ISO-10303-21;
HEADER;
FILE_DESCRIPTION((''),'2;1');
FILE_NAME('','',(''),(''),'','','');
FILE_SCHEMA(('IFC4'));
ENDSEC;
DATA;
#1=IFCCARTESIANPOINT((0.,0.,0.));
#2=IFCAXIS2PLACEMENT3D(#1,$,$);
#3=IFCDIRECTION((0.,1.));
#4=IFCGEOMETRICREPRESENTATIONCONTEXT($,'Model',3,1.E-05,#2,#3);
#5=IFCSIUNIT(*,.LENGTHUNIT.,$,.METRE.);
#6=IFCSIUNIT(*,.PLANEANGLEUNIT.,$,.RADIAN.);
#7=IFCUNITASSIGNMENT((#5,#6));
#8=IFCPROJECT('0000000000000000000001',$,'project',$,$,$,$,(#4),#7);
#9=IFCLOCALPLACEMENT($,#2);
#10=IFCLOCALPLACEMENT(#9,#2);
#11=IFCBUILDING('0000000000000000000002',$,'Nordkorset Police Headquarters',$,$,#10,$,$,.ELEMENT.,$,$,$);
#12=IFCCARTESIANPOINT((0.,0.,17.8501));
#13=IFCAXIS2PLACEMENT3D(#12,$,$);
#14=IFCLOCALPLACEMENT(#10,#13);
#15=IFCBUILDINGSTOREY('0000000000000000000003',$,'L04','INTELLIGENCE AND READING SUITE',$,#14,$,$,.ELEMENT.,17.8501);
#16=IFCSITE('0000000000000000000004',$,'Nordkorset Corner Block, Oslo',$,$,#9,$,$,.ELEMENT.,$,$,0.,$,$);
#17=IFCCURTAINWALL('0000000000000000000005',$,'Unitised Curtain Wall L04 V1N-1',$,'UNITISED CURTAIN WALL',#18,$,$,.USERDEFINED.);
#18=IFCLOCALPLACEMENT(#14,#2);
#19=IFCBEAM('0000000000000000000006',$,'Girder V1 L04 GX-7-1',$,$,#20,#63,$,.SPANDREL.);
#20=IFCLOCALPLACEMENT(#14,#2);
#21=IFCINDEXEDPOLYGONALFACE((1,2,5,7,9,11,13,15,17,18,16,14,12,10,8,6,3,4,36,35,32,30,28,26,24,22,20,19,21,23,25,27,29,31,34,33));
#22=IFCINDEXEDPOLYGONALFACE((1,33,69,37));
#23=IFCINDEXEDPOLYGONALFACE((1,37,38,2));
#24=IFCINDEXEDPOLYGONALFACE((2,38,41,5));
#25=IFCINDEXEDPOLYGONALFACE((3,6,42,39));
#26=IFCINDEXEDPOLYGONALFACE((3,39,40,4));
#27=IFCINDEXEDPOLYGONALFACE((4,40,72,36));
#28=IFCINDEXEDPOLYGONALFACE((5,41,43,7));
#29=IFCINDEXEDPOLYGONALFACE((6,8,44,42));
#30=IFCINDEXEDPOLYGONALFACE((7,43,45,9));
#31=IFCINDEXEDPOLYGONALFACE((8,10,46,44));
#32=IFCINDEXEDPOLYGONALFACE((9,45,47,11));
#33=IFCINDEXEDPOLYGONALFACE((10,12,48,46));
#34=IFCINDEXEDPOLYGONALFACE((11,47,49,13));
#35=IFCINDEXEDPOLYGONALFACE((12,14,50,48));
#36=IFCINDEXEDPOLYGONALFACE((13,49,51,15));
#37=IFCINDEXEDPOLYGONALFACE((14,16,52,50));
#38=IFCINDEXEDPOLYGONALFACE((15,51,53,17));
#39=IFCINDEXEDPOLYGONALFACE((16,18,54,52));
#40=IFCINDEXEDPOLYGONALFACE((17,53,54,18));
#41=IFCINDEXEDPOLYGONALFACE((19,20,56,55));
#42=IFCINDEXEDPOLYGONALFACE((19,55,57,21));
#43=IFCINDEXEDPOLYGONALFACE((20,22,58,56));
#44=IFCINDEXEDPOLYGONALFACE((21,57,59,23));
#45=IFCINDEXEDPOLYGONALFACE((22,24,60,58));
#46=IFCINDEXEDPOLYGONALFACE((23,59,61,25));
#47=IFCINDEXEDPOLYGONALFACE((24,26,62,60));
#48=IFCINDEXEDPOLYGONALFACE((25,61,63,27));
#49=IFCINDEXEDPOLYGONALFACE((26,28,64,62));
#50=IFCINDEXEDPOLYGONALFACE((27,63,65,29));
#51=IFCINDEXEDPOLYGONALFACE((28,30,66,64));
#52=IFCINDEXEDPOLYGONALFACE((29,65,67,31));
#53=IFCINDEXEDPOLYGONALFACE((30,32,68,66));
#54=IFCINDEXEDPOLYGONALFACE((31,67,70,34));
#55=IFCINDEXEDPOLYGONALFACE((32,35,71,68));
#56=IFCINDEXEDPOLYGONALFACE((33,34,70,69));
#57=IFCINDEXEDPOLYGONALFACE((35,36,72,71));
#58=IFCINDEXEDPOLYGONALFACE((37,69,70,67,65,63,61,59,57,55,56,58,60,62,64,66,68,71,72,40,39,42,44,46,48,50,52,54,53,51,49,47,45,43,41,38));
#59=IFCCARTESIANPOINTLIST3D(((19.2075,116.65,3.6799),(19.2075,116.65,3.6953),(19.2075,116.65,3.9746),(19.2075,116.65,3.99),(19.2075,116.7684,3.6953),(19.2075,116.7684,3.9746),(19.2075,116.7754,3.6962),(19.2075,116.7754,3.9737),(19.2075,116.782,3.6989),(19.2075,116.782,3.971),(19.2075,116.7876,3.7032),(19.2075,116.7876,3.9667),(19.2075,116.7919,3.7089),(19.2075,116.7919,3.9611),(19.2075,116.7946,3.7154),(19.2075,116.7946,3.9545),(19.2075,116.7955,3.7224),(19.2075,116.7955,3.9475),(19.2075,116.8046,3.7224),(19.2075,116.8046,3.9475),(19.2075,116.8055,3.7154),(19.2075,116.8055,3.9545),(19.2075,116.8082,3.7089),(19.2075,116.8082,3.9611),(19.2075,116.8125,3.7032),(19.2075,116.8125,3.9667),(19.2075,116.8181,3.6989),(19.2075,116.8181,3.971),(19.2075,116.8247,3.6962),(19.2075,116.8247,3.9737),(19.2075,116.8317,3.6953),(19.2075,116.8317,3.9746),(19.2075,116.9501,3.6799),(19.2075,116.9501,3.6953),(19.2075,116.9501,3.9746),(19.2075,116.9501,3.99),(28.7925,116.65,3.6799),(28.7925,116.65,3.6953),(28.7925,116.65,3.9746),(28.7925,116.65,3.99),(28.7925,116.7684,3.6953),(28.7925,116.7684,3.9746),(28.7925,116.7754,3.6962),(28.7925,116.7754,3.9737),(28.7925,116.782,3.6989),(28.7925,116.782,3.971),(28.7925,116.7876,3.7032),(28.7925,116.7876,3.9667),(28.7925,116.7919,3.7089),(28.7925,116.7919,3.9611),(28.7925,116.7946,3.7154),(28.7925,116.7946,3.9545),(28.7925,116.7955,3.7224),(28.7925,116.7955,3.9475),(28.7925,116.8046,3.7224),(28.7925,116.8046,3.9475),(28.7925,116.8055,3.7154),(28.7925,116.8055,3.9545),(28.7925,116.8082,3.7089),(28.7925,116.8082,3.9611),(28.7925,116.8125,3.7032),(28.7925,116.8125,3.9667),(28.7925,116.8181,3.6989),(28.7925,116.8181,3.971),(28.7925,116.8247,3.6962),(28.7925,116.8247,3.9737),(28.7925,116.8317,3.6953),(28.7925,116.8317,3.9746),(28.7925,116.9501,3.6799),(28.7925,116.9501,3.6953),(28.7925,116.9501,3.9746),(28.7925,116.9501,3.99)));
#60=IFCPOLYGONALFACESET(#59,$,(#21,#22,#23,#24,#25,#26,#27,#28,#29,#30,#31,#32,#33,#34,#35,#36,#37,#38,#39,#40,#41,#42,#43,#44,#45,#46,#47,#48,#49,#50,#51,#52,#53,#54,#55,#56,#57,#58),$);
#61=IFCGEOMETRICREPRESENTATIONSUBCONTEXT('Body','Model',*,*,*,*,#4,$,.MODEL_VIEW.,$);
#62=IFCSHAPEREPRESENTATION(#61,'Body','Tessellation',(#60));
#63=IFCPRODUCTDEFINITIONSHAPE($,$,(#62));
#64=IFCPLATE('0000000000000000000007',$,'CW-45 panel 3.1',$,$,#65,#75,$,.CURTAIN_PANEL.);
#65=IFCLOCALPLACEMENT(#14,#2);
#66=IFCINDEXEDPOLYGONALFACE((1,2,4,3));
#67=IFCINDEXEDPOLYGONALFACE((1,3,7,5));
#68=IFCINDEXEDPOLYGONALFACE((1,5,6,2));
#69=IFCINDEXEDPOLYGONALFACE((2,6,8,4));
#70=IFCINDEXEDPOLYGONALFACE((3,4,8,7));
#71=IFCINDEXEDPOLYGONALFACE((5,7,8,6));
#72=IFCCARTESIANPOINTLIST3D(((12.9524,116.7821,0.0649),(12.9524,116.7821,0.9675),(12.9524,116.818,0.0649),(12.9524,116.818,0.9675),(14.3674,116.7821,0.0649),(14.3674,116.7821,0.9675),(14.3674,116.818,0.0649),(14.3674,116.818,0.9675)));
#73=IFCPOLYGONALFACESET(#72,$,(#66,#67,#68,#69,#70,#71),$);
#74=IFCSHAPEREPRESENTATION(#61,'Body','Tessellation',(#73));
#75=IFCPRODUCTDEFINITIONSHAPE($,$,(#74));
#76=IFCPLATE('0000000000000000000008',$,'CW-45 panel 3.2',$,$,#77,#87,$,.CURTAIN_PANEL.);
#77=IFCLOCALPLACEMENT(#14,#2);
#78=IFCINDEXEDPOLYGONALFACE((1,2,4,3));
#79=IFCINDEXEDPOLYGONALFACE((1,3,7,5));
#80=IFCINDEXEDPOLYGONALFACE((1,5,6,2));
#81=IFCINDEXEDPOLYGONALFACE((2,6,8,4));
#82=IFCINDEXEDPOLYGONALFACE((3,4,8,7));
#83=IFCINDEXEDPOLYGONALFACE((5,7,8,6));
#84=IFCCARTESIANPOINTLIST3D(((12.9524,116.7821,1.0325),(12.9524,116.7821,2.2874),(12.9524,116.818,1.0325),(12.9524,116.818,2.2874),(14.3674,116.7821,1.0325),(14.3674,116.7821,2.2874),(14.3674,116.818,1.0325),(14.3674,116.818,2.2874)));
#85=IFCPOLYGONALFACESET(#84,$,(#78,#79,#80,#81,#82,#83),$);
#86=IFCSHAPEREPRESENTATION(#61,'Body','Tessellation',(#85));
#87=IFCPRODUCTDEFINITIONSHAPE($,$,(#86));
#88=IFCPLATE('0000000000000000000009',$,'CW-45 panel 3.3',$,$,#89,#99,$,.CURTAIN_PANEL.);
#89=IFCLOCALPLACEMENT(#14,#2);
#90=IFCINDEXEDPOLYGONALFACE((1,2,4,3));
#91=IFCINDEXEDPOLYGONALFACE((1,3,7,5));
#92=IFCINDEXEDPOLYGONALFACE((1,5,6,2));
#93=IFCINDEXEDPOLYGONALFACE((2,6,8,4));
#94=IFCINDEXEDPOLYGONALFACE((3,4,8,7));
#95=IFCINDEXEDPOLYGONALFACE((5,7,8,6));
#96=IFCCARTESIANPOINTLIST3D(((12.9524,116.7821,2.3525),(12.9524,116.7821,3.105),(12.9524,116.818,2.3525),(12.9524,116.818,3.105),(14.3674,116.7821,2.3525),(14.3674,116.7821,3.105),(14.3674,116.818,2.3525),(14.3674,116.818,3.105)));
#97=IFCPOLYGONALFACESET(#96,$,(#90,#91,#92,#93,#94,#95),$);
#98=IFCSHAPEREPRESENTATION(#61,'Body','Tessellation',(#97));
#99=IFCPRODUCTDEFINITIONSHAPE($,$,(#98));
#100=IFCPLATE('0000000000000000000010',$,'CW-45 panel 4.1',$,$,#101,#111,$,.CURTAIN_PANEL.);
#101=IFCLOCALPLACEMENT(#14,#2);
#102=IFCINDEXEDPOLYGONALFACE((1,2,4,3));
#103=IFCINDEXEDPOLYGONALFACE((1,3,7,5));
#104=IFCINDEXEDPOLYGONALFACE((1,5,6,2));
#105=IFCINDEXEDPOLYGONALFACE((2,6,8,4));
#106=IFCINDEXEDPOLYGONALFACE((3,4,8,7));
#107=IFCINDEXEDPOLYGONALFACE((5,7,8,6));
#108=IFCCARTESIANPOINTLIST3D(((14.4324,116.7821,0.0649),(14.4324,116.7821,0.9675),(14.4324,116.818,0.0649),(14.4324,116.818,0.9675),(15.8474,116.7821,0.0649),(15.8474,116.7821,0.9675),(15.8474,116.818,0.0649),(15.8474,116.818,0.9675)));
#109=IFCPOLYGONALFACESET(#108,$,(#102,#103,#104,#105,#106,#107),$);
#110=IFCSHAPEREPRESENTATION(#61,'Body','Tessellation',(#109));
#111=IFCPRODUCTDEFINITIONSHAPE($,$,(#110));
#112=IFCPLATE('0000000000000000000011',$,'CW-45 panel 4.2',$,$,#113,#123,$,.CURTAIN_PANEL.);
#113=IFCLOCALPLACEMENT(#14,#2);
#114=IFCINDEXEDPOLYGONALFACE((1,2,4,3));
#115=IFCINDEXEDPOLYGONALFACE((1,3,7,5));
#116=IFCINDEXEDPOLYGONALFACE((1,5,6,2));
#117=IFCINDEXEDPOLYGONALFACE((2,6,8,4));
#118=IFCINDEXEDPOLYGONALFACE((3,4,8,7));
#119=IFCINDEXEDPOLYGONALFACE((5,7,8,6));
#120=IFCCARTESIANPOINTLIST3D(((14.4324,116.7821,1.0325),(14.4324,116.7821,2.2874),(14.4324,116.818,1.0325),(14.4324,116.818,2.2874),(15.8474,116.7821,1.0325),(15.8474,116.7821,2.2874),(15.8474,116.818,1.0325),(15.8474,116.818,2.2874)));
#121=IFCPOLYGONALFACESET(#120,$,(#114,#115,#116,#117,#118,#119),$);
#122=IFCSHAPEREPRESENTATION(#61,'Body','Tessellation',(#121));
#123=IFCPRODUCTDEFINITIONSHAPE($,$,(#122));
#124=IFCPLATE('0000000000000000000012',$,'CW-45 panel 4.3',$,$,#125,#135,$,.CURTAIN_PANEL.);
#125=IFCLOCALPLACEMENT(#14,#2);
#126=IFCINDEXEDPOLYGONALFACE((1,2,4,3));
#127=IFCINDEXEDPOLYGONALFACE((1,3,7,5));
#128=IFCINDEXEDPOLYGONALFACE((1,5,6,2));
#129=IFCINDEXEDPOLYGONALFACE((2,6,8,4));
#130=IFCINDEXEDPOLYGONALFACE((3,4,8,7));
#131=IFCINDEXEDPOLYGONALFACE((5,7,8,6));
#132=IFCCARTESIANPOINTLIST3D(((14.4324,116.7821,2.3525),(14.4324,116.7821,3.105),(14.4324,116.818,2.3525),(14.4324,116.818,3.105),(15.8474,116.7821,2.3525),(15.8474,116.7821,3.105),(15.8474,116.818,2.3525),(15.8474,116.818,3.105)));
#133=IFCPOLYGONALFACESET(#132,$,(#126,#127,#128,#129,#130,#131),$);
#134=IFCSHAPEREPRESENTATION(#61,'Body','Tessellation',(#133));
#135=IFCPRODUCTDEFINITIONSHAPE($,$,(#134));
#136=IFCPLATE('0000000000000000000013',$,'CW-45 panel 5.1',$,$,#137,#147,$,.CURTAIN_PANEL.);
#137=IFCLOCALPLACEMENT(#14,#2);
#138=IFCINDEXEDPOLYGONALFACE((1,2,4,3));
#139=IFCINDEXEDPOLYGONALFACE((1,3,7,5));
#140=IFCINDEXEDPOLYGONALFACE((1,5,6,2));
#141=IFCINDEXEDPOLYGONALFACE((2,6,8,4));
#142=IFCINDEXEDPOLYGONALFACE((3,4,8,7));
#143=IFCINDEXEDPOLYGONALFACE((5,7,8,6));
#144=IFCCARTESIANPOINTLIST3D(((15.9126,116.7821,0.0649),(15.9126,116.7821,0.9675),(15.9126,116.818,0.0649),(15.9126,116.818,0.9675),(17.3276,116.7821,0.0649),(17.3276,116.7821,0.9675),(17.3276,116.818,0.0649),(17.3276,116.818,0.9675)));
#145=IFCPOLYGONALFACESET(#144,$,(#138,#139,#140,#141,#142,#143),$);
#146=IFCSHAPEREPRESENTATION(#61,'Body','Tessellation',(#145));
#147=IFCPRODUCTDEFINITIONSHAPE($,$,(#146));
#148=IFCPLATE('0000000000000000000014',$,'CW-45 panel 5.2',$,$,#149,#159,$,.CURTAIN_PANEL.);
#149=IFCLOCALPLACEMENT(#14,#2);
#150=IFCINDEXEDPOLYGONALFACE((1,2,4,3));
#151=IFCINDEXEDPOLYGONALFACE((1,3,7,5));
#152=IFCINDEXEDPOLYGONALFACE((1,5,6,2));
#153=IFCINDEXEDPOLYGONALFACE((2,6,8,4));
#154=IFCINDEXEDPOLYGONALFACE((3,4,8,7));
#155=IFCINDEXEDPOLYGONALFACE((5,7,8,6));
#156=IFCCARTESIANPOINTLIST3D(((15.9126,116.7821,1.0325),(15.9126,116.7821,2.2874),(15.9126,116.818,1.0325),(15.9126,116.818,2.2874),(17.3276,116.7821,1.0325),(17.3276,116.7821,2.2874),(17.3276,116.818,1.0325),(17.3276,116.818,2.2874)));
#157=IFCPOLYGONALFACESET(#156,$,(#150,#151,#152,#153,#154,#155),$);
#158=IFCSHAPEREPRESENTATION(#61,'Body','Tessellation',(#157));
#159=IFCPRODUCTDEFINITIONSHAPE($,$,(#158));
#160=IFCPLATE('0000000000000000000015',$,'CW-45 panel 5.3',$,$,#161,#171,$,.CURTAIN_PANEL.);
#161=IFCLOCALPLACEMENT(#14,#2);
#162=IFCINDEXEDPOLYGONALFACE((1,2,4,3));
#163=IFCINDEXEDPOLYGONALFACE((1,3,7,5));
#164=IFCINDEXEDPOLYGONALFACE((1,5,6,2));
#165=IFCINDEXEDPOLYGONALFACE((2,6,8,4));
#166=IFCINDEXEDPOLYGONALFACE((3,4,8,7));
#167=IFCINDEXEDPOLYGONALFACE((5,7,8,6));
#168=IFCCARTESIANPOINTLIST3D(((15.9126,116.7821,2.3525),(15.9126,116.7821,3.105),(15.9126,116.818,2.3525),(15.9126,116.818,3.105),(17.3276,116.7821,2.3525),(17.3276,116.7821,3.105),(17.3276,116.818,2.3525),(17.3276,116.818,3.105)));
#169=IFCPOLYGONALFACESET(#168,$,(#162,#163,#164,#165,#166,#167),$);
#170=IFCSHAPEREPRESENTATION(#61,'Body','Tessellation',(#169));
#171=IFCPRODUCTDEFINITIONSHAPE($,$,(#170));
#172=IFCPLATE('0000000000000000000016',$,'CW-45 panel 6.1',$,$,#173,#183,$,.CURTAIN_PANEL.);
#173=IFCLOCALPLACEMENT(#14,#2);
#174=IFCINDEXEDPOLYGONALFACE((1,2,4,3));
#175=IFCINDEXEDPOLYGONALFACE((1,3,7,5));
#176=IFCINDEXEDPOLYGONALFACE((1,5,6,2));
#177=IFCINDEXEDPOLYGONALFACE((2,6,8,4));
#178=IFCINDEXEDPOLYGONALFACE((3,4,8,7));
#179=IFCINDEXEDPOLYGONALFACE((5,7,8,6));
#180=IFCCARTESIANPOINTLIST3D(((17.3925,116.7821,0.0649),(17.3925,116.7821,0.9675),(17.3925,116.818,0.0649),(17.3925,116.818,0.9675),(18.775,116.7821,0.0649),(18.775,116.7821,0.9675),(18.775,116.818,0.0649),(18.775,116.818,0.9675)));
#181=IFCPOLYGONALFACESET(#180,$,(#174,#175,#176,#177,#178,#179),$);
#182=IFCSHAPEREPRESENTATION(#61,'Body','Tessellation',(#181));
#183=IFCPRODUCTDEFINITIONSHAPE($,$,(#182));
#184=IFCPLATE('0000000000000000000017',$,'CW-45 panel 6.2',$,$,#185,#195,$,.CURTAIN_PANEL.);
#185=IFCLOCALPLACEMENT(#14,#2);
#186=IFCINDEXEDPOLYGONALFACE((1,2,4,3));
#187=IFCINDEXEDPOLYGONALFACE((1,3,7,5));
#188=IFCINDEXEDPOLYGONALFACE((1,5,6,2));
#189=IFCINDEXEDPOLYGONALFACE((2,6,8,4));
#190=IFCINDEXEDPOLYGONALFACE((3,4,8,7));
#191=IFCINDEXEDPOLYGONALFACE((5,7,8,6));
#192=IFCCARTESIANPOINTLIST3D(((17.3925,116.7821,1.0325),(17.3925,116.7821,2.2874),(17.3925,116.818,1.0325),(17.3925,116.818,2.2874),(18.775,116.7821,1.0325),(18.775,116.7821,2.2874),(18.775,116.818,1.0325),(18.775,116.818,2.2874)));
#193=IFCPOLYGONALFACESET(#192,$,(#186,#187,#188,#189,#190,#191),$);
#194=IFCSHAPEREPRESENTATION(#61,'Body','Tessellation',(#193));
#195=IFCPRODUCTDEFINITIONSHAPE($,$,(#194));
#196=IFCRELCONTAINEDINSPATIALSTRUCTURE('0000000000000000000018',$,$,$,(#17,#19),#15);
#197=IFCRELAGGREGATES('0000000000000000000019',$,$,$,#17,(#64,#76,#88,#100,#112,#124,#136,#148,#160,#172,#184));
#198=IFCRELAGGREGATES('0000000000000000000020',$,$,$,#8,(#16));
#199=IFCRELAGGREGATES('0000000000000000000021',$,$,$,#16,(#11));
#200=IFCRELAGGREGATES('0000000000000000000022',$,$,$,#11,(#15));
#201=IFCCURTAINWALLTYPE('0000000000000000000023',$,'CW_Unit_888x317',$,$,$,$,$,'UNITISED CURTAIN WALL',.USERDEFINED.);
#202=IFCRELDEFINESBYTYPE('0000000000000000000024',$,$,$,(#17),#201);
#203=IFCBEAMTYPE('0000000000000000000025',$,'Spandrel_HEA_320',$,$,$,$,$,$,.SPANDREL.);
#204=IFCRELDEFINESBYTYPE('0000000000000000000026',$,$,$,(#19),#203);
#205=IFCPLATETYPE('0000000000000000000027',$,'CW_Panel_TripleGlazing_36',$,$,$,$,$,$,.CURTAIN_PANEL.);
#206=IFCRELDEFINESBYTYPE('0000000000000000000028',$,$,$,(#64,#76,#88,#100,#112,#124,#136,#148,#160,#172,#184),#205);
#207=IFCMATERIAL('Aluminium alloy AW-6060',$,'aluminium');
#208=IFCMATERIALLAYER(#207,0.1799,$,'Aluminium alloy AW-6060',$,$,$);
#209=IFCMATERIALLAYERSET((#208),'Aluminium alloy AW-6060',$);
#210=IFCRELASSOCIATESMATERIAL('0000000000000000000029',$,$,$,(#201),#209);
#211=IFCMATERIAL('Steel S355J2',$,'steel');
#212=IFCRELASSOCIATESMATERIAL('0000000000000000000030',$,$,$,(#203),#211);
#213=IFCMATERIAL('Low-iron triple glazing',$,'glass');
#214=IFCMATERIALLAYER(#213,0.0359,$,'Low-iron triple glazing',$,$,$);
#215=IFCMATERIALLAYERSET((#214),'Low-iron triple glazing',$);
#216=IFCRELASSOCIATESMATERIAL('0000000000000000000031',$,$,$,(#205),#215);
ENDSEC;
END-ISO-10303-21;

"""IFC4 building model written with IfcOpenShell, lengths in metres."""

from ifc_helpers import new_model, si_unit, direction, frame, origin, origin_2d, place, context, subcontext, project, spatial, rectangle, i_section, extrude, material, layer, layer_set, material_profile, profile_set, type_object, element, aggregate, save


model = new_model("IFC4")

# Units and contexts
model_context = context("Model", 3, precision=1e-05, world=origin(), true_north=direction((0.0, 1.0)))
body_context = subcontext(model_context, "Body", "Model", "MODEL_VIEW")
ifc_project = project(units=[si_unit("LENGTHUNIT", "METRE"), si_unit("PLANEANGLEUNIT", "RADIAN")], contexts=[model_context])

# Site, building, storey
site_placement = place(None, origin())
site = spatial("IfcSite", under=ifc_project, at=site_placement, Name="Nordkorset Corner Block, Oslo", CompositionType="ELEMENT", RefElevation=0.0)
building_placement = place(site_placement, origin())
building = spatial("IfcBuilding", under=site, at=building_placement, Name="Nordkorset Police Headquarters", CompositionType="ELEMENT")
storey_placement = place(building_placement, frame((0.0, 0.0, 17.8501)))
storey = spatial("IfcBuildingStorey", under=building, at=storey_placement, Name="L04", Description="INTELLIGENCE AND READING SUITE", CompositionType="ELEMENT", Elevation=17.8501)

# Curtain wall
ifc_material_1 = material(Name="Aluminium alloy AW-6060", Category="aluminium")
ifc_layer_1 = layer(ifc_material_1, 0.1799, Name="Aluminium alloy AW-6060")
ifc_layer_set_1 = layer_set([ifc_layer_1], Name="Aluminium alloy AW-6060")
curtain_wall_type_1 = type_object("IfcCurtainWallType", Name="CW_Unit_888x317", ElementType="UNITISED CURTAIN WALL", PredefinedType="USERDEFINED", material=ifc_layer_set_1)
curtain_wall_1_placement = place(storey_placement, origin())
curtain_wall_1 = element("IfcCurtainWall", 1, at=curtain_wall_1_placement, inside=storey, type_object=curtain_wall_type_1, Name="Unitised Curtain Wall L04 V1N-1", ObjectType="UNITISED CURTAIN WALL", PredefinedType="USERDEFINED")

# Beam
ifc_material_2 = material(Name="Steel S355J2", Category="steel")
ifc_material_profile_1 = material_profile(ifc_material_2, i_section(OverallWidth=0.3, OverallDepth=0.3101, WebThickness=0.009, FlangeThickness=0.0154, FilletRadius=0.0271, at=origin_2d()), Name="HEA 320")
ifc_profile_set_1 = profile_set([ifc_material_profile_1], Name="Steel S355J2")
beam_type = type_object("IfcBeamType", Name="Spandrel_HEA_320", PredefinedType="SPANDREL", material=ifc_profile_set_1)
beam_placement = place(storey_placement, frame((19.2075, 116.8, 3.835), z_axis=(1.0, 0.0, 0.0), x_axis=(0.0, 1.0, 0.0)))
element("IfcBeam", 2, at=beam_placement, inside=storey, type_object=beam_type, Name="Girder V1 L04 GX-7-1", PredefinedType="SPANDREL", context=body_context, shape_type="SweptSolid", body=[
    extrude(i_section(OverallWidth=0.3, OverallDepth=0.3101, WebThickness=0.009, FlangeThickness=0.0154, FilletRadius=0.0271, at=origin_2d()), origin(), (0.0, 0.0, 1.0), 9.585),
])

# Plates
ifc_material_3 = material(Name="Low-iron triple glazing", Category="glass")
ifc_layer_2 = layer(ifc_material_3, 0.0359, Name="Low-iron triple glazing")
ifc_layer_set_2 = layer_set([ifc_layer_2], Name="Low-iron triple glazing")
plate_type = type_object("IfcPlateType", Name="CW_Panel_TripleGlazing_36", PredefinedType="CURTAIN_PANEL", material=ifc_layer_set_2)
plate_1_placement = place(storey_placement, frame((13.6599, 116.8, 0.0649), z_axis=(0.0, 0.0, 1.0), x_axis=(1.0, 0.0, 0.0)))
plate_1 = element("IfcPlate", 3, at=plate_1_placement, type_object=plate_type, Name="CW-45 panel 3.1", PredefinedType="CURTAIN_PANEL", context=body_context, shape_type="SweptSolid", body=[
    extrude(rectangle(XDim=1.415, YDim=0.0359, at=origin_2d()), origin(), (0.0, 0.0, 1.0), 0.9026),
])
plate_2_placement = place(storey_placement, frame((13.6599, 116.8, 1.0325), z_axis=(0.0, 0.0, 1.0), x_axis=(1.0, 0.0, 0.0)))
plate_2 = element("IfcPlate", 4, at=plate_2_placement, type_object=plate_type, Name="CW-45 panel 3.2", PredefinedType="CURTAIN_PANEL", context=body_context, shape_type="SweptSolid", body=[
    extrude(rectangle(XDim=1.415, YDim=0.0359, at=origin_2d()), origin(), (0.0, 0.0, 1.0), 1.2549),
])
plate_3_placement = place(storey_placement, frame((13.6599, 116.8, 2.3525), z_axis=(0.0, 0.0, 1.0), x_axis=(1.0, 0.0, 0.0)))
plate_3 = element("IfcPlate", 5, at=plate_3_placement, type_object=plate_type, Name="CW-45 panel 3.3", PredefinedType="CURTAIN_PANEL", context=body_context, shape_type="SweptSolid", body=[
    extrude(rectangle(XDim=1.415, YDim=0.0359, at=origin_2d()), origin(), (0.0, 0.0, 1.0), 0.7524),
])
plate_4_placement = place(storey_placement, frame((15.1399, 116.8, 0.0649), z_axis=(0.0, 0.0, 1.0), x_axis=(1.0, 0.0, 0.0)))
plate_4 = element("IfcPlate", 6, at=plate_4_placement, type_object=plate_type, Name="CW-45 panel 4.1", PredefinedType="CURTAIN_PANEL", context=body_context, shape_type="SweptSolid", body=[
    extrude(rectangle(XDim=1.415, YDim=0.0359, at=origin_2d()), origin(), (0.0, 0.0, 1.0), 0.9026),
])
plate_5_placement = place(storey_placement, frame((15.1399, 116.8, 1.0325), z_axis=(0.0, 0.0, 1.0), x_axis=(1.0, 0.0, 0.0)))
plate_5 = element("IfcPlate", 7, at=plate_5_placement, type_object=plate_type, Name="CW-45 panel 4.2", PredefinedType="CURTAIN_PANEL", context=body_context, shape_type="SweptSolid", body=[
    extrude(rectangle(XDim=1.415, YDim=0.0359, at=origin_2d()), origin(), (0.0, 0.0, 1.0), 1.2549),
])
plate_6_placement = place(storey_placement, frame((15.1399, 116.8, 2.3525), z_axis=(0.0, 0.0, 1.0), x_axis=(1.0, 0.0, 0.0)))
plate_6 = element("IfcPlate", 8, at=plate_6_placement, type_object=plate_type, Name="CW-45 panel 4.3", PredefinedType="CURTAIN_PANEL", context=body_context, shape_type="SweptSolid", body=[
    extrude(rectangle(XDim=1.415, YDim=0.0359, at=origin_2d()), origin(), (0.0, 0.0, 1.0), 0.7524),
])
plate_7_placement = place(storey_placement, frame((16.6201, 116.8, 0.0649), z_axis=(0.0, 0.0, 1.0), x_axis=(1.0, 0.0, 0.0)))
plate_7 = element("IfcPlate", 9, at=plate_7_placement, type_object=plate_type, Name="CW-45 panel 5.1", PredefinedType="CURTAIN_PANEL", context=body_context, shape_type="SweptSolid", body=[
    extrude(rectangle(XDim=1.415, YDim=0.0359, at=origin_2d()), origin(), (0.0, 0.0, 1.0), 0.9026),
])
plate_8_placement = place(storey_placement, frame((16.6201, 116.8, 1.0325), z_axis=(0.0, 0.0, 1.0), x_axis=(1.0, 0.0, 0.0)))
plate_8 = element("IfcPlate", 10, at=plate_8_placement, type_object=plate_type, Name="CW-45 panel 5.2", PredefinedType="CURTAIN_PANEL", context=body_context, shape_type="SweptSolid", body=[
    extrude(rectangle(XDim=1.415, YDim=0.0359, at=origin_2d()), origin(), (0.0, 0.0, 1.0), 1.2549),
])
plate_9_placement = place(storey_placement, frame((16.6201, 116.8, 2.3525), z_axis=(0.0, 0.0, 1.0), x_axis=(1.0, 0.0, 0.0)))
plate_9 = element("IfcPlate", 11, at=plate_9_placement, type_object=plate_type, Name="CW-45 panel 5.3", PredefinedType="CURTAIN_PANEL", context=body_context, shape_type="SweptSolid", body=[
    extrude(rectangle(XDim=1.415, YDim=0.0359, at=origin_2d()), origin(), (0.0, 0.0, 1.0), 0.7524),
])
plate_10_placement = place(storey_placement, frame((18.0837, 116.8, 0.0649), z_axis=(0.0, 0.0, 1.0), x_axis=(1.0, 0.0, 0.0)))
plate_10 = element("IfcPlate", 12, at=plate_10_placement, type_object=plate_type, Name="CW-45 panel 6.1", PredefinedType="CURTAIN_PANEL", context=body_context, shape_type="SweptSolid", body=[
    extrude(rectangle(XDim=1.3826, YDim=0.0359, at=origin_2d()), origin(), (0.0, 0.0, 1.0), 0.9026),
])
plate_11_placement = place(storey_placement, frame((18.0837, 116.8, 1.0325), z_axis=(0.0, 0.0, 1.0), x_axis=(1.0, 0.0, 0.0)))
plate_11 = element("IfcPlate", 13, at=plate_11_placement, type_object=plate_type, Name="CW-45 panel 6.2", PredefinedType="CURTAIN_PANEL", context=body_context, shape_type="SweptSolid", body=[
    extrude(rectangle(XDim=1.3826, YDim=0.0359, at=origin_2d()), origin(), (0.0, 0.0, 1.0), 1.2549),
])
aggregate(curtain_wall_1, [plate_1, plate_2, plate_3, plate_4, plate_5, plate_6, plate_7, plate_8, plate_9, plate_10, plate_11])

save(model, "model.ifc")
